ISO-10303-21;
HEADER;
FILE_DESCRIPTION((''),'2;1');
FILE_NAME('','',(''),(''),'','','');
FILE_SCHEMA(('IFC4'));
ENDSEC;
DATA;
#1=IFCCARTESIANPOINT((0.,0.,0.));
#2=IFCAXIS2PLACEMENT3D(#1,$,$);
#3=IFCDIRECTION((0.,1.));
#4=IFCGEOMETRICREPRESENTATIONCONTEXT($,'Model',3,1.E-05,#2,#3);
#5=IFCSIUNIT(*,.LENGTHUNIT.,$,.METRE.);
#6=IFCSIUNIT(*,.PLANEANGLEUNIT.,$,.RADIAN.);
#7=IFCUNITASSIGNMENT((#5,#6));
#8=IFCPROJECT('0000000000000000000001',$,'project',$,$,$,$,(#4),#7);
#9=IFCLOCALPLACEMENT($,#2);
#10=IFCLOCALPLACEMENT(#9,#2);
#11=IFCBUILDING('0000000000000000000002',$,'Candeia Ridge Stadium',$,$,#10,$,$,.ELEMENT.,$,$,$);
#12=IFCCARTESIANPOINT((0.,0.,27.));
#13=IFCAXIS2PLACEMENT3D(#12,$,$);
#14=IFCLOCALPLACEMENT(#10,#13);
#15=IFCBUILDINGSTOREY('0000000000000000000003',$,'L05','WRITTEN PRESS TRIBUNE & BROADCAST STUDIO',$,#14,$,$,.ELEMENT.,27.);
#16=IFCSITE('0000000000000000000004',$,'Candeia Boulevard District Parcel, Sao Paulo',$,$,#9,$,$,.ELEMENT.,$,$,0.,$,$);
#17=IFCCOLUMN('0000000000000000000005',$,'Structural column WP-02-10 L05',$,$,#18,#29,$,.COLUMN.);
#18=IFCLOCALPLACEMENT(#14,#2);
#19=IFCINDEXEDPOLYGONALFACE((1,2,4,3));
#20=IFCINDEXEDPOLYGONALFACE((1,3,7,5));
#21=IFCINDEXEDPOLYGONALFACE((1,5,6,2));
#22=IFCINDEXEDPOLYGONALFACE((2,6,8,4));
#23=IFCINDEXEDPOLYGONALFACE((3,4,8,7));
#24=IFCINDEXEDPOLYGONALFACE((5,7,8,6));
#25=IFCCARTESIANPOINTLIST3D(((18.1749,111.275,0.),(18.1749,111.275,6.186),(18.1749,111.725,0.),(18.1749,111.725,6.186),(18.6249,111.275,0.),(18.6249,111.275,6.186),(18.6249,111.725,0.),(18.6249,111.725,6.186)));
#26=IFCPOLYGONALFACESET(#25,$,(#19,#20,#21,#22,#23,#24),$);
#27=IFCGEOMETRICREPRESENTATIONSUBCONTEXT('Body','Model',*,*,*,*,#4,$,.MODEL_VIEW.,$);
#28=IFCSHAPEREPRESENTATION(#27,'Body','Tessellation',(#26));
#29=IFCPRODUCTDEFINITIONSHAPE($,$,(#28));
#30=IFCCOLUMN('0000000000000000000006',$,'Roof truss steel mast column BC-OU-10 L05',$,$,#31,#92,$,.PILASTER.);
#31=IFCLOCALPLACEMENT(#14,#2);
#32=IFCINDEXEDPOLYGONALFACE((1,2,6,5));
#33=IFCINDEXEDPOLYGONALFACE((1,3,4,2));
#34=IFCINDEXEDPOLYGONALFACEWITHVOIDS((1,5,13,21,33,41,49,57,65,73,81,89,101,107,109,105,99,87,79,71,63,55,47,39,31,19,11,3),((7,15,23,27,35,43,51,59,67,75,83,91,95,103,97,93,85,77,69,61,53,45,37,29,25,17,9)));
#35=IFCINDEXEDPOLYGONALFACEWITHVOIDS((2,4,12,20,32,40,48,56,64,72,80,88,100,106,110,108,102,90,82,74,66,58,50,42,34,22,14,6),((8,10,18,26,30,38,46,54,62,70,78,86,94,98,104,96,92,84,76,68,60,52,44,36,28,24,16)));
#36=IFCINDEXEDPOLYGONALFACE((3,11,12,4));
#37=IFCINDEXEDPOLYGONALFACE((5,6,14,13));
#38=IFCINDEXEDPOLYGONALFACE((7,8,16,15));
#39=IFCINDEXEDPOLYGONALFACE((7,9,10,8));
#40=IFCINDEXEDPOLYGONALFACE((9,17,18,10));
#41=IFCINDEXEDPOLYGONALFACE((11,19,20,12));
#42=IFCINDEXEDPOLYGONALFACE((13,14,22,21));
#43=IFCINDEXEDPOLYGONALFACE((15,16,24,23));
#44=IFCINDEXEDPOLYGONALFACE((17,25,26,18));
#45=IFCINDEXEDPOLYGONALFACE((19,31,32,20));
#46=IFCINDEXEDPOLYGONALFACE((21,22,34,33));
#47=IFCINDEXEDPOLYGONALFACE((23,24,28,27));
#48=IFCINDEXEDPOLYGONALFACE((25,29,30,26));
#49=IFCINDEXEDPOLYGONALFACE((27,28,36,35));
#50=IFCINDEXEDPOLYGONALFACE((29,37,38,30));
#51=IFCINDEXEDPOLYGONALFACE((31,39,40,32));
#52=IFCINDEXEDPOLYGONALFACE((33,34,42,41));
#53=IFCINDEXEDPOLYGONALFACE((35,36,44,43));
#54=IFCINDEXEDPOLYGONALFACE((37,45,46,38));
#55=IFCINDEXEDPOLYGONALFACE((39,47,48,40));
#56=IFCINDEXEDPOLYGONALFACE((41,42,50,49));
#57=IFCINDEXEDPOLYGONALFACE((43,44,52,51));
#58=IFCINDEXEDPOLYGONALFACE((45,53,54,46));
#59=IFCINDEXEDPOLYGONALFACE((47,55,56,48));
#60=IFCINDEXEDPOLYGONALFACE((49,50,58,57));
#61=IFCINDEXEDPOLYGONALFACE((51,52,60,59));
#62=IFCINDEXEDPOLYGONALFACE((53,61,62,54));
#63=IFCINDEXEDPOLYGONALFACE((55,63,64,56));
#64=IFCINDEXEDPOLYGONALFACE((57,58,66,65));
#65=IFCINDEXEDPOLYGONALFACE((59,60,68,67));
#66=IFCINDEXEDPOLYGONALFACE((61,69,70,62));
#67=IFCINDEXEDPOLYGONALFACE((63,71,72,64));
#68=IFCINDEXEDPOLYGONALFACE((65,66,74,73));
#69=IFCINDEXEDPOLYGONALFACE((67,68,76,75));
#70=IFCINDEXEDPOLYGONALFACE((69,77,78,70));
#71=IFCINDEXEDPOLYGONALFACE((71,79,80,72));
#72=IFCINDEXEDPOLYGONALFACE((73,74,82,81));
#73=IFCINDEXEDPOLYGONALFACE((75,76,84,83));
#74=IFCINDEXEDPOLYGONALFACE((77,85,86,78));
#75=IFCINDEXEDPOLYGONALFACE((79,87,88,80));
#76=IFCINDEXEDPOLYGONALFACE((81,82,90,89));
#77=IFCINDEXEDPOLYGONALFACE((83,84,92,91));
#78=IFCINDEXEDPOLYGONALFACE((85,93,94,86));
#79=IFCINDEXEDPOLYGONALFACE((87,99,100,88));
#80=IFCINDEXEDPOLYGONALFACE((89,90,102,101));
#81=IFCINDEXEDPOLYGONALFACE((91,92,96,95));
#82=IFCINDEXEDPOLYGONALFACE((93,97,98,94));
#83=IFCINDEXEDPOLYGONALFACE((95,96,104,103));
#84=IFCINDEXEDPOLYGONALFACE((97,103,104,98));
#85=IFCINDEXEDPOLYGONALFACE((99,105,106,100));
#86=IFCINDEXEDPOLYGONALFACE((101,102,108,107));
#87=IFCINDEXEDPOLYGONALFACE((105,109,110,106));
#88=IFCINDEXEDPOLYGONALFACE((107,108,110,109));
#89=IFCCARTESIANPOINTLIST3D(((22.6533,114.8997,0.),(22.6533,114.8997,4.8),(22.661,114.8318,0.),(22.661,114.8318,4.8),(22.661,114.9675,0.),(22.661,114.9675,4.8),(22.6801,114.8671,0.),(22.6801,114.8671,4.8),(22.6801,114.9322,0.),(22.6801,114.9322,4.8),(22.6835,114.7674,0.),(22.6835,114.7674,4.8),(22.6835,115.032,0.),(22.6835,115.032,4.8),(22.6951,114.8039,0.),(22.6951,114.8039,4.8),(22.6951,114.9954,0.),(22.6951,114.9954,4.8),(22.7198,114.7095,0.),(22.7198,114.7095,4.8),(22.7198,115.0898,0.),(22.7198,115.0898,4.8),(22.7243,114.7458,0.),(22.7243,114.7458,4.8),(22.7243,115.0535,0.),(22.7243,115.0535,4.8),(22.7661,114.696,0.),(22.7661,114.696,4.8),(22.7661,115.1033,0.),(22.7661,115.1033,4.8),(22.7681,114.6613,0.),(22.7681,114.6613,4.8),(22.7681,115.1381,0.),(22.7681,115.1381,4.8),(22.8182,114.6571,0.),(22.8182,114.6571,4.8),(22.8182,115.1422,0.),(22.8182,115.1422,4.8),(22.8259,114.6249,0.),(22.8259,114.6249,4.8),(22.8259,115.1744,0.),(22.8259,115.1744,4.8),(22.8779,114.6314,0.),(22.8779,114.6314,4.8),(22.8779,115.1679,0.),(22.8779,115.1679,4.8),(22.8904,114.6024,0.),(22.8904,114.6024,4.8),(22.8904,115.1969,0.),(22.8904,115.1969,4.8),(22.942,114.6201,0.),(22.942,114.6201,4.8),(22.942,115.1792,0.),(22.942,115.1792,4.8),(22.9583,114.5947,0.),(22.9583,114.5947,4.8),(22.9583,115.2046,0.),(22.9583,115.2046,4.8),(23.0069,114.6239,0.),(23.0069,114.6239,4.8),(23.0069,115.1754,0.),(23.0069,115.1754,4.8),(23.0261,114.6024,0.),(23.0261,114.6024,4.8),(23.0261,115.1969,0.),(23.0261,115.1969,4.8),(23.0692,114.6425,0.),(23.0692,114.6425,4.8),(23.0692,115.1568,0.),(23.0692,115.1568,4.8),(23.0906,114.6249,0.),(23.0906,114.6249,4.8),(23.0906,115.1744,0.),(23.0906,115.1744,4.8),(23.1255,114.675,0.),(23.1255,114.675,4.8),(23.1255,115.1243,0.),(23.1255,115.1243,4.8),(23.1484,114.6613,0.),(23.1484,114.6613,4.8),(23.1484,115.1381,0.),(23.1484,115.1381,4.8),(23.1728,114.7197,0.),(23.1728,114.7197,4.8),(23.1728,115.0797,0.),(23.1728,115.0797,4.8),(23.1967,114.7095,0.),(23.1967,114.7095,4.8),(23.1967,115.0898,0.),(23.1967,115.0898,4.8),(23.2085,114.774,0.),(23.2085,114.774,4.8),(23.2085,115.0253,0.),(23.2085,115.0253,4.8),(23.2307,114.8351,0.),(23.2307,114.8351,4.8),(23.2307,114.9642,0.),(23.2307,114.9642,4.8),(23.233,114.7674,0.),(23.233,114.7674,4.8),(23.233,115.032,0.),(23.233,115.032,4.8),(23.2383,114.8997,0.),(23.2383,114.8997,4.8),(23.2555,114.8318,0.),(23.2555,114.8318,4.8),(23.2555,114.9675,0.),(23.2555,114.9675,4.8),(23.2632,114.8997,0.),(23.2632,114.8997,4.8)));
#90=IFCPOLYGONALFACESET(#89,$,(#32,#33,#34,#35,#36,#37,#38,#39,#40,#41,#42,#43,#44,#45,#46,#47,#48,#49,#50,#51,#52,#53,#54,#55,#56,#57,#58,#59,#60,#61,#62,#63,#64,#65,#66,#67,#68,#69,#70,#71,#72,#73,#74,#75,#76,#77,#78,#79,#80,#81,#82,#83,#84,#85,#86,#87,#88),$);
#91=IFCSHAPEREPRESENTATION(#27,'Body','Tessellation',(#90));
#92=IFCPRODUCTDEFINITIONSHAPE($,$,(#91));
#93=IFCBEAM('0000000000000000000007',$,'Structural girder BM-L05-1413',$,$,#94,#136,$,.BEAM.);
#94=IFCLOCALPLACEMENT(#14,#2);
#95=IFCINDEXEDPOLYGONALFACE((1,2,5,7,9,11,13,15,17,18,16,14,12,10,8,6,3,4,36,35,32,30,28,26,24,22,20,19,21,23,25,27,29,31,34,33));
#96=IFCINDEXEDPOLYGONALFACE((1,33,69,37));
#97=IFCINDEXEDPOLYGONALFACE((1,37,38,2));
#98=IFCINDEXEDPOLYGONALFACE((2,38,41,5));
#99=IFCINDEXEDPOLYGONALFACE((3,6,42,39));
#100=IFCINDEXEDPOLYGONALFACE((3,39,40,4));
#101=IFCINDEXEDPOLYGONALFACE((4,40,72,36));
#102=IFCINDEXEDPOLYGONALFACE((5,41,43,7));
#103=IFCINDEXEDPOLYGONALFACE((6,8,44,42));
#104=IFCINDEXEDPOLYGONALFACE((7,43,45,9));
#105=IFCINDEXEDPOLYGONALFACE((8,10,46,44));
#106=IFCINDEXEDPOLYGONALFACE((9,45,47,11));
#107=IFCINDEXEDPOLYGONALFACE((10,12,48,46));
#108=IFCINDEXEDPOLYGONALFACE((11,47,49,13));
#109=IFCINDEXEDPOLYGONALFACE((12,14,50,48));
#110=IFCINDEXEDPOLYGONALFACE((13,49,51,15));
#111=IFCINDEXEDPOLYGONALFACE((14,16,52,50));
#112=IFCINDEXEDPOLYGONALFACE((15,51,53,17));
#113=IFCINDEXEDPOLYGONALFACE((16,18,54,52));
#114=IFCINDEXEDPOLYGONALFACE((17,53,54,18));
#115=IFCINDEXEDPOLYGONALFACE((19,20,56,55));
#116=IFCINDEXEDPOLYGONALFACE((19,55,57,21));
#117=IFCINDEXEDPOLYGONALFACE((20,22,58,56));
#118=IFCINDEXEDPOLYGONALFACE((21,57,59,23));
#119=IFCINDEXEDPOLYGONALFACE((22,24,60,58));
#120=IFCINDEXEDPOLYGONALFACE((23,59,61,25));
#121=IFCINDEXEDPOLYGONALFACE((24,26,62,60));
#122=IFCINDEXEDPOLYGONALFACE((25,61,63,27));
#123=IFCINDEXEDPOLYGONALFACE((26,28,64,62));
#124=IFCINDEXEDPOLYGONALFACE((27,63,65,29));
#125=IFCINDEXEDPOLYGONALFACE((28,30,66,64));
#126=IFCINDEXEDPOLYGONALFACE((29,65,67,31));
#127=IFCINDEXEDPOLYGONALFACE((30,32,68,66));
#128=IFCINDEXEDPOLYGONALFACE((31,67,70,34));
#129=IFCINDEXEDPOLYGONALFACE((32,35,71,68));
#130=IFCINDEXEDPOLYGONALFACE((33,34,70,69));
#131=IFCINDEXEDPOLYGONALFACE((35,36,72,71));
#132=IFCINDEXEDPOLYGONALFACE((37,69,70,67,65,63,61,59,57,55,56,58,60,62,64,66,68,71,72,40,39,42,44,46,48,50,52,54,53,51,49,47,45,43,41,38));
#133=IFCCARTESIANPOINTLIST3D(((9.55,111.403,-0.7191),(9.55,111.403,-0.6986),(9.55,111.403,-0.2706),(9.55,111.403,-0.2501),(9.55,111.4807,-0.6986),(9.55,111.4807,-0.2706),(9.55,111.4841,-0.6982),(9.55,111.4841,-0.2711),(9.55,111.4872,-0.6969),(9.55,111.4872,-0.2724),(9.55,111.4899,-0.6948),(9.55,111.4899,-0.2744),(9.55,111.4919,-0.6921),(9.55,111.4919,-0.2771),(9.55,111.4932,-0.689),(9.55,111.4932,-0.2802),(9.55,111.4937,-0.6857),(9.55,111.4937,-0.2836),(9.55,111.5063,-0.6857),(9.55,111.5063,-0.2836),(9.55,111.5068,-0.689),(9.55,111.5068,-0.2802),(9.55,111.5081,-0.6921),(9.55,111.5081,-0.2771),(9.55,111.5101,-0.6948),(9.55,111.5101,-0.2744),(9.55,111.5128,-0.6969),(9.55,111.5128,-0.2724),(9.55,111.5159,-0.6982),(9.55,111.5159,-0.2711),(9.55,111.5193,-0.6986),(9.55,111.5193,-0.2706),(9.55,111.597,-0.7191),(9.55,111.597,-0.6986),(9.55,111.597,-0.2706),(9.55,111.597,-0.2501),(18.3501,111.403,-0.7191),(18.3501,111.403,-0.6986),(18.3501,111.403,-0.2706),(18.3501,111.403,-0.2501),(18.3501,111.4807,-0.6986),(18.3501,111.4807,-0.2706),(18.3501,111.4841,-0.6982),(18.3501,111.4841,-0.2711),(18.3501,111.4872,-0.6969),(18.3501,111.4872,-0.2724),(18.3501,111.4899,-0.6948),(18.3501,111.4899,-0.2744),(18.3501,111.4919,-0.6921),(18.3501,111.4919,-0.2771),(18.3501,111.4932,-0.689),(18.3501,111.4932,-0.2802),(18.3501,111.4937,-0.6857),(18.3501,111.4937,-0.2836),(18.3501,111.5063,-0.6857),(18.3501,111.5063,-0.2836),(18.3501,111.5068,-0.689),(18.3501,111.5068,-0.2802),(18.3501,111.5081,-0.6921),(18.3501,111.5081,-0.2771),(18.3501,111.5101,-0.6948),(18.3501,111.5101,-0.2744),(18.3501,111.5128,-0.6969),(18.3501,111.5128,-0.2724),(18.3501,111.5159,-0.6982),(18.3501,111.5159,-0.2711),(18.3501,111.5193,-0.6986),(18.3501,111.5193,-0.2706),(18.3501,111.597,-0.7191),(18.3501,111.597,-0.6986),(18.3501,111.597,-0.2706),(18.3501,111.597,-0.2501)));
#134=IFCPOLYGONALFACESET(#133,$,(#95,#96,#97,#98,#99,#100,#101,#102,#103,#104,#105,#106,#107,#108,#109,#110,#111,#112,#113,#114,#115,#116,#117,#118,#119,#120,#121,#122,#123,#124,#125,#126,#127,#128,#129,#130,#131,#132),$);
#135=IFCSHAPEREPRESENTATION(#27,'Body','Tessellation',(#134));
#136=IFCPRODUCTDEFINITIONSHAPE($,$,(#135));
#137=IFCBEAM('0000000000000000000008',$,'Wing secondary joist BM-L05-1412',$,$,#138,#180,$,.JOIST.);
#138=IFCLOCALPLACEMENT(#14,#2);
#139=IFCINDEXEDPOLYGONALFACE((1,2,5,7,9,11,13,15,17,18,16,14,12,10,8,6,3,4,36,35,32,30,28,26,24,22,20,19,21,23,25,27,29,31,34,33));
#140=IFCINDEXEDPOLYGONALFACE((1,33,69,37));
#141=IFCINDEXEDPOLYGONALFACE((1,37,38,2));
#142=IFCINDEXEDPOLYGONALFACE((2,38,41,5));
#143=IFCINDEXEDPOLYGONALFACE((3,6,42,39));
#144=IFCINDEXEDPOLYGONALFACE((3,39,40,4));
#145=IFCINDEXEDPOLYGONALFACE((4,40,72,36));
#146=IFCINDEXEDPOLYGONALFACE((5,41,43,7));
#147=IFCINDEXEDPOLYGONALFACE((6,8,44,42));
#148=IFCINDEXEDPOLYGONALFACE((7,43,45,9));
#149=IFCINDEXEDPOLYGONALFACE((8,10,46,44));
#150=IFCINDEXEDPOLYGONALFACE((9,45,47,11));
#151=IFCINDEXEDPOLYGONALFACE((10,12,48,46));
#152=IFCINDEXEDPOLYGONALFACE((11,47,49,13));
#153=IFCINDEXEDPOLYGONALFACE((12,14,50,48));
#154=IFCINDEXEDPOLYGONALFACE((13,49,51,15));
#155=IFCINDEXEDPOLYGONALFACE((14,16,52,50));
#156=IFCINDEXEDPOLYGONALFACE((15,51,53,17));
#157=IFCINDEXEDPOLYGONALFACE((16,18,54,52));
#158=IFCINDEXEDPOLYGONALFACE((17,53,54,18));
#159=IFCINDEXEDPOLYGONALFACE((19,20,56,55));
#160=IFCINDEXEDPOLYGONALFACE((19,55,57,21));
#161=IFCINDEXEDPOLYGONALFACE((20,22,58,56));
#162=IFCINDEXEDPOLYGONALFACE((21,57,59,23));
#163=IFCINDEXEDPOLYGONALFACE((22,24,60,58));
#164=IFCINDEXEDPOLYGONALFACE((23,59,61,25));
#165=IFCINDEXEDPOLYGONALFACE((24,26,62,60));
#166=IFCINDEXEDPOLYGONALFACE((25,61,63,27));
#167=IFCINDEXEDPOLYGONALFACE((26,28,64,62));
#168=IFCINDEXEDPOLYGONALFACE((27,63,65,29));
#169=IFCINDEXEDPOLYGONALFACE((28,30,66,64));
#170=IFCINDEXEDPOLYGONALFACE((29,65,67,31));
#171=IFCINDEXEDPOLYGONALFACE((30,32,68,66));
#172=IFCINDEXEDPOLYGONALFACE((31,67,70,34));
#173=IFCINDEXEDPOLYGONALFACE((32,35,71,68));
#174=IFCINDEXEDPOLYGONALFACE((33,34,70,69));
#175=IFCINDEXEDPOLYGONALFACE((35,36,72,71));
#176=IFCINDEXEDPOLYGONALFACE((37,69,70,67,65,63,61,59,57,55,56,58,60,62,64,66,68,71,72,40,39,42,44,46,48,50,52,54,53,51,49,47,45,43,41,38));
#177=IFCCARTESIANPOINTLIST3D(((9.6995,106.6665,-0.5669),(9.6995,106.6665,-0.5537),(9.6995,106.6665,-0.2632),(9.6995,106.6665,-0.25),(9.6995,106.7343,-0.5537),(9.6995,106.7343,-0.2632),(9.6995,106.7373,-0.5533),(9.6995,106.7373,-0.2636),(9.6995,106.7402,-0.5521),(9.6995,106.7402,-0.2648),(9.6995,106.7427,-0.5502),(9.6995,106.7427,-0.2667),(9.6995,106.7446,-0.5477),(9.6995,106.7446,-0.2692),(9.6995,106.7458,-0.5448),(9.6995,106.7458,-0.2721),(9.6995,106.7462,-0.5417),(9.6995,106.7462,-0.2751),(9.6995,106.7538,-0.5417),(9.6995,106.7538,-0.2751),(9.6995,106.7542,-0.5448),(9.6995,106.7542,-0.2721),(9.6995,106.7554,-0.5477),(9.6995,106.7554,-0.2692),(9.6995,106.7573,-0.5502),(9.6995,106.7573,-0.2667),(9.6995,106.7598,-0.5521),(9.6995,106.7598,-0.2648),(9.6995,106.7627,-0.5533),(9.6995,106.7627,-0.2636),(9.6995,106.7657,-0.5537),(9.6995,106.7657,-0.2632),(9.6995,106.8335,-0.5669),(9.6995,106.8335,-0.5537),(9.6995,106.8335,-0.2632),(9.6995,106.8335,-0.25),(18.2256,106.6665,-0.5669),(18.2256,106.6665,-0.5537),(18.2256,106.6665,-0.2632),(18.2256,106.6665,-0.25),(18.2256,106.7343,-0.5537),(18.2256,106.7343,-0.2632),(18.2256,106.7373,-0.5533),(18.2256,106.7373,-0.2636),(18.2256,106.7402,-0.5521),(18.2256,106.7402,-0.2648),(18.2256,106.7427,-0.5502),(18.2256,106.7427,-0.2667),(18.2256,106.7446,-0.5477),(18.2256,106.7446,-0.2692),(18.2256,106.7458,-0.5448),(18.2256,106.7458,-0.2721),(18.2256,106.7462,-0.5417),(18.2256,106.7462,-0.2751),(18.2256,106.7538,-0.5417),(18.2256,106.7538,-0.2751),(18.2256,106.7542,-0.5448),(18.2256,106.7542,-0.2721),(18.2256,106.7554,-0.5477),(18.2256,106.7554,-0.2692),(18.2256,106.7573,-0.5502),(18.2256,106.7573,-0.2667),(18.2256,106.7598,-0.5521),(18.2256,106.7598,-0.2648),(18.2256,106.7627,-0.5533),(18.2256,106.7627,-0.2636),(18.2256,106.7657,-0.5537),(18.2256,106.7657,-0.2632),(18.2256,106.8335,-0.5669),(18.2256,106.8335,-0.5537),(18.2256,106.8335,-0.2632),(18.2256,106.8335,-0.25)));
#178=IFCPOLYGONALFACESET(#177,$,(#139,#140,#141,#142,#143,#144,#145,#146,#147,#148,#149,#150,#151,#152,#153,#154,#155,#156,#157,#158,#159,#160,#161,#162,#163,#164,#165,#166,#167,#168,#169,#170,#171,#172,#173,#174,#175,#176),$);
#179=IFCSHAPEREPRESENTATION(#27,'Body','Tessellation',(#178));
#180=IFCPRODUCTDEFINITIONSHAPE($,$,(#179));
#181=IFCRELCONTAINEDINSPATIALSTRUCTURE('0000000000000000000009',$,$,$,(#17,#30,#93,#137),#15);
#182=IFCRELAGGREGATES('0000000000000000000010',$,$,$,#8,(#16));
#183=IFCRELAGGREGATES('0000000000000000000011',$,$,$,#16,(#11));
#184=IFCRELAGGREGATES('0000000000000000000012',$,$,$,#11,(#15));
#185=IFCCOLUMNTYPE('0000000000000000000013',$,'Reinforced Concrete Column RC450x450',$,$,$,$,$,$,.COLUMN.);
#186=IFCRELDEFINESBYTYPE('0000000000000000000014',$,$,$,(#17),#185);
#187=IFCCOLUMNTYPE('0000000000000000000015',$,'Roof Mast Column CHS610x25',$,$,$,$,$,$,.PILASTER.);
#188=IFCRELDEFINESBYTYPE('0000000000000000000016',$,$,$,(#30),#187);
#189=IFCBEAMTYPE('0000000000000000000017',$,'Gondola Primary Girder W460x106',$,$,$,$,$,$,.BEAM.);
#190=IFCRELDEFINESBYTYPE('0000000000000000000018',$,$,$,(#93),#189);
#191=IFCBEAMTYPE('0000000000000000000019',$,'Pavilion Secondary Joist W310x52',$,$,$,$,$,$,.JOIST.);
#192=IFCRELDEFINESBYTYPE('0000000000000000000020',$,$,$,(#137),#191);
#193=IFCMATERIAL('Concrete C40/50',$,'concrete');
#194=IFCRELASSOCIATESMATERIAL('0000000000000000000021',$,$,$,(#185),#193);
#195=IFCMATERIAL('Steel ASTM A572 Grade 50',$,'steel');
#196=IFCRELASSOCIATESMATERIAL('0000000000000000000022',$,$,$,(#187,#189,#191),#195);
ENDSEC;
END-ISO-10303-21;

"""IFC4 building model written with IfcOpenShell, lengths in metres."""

from ifc_helpers import new_model, si_unit, direction, frame, origin, origin_2d, place, context, subcontext, project, spatial, rectangle, hollow_circle, i_section, extrude, material, material_profile, profile_set, type_object, element, save


model = new_model("IFC4")

# Units and contexts
model_context = context("Model", 3, precision=1e-05, world=origin(), true_north=direction((0.0, 1.0)))
body_context = subcontext(model_context, "Body", "Model", "MODEL_VIEW")
ifc_project = project(units=[si_unit("LENGTHUNIT", "METRE"), si_unit("PLANEANGLEUNIT", "RADIAN")], contexts=[model_context])

# Site, building, storey
site_placement = place(None, origin())
site = spatial("IfcSite", under=ifc_project, at=site_placement, Name="Candeia Boulevard District Parcel, Sao Paulo", CompositionType="ELEMENT", RefElevation=0.0)
building_placement = place(site_placement, origin())
building = spatial("IfcBuilding", under=site, at=building_placement, Name="Candeia Ridge Stadium", CompositionType="ELEMENT")
storey_placement = place(building_placement, frame((0.0, 0.0, 27.0)))
storey = spatial("IfcBuildingStorey", under=building, at=storey_placement, Name="L05", Description="WRITTEN PRESS TRIBUNE & BROADCAST STUDIO", CompositionType="ELEMENT", Elevation=27.0)

# Columns
ifc_material_1 = material(Name="Concrete C40/50", Category="concrete")
ifc_material_profile_1 = material_profile(ifc_material_1, rectangle(XDim=0.45, YDim=0.45, at=origin_2d()), Name="RC450x450", Category="concrete")
ifc_profile_set_1 = profile_set([ifc_material_profile_1], Name="Concrete C40/50")
column_type_1 = type_object("IfcColumnType", Name="Reinforced Concrete Column RC450x450", PredefinedType="COLUMN", material=ifc_profile_set_1)
column_1_placement = place(storey_placement, frame((18.3999, 111.5, 0.0), z_axis=(0.0, 0.0, 1.0), x_axis=(1.0, 0.0, 0.0)))
element("IfcColumn", 1, at=column_1_placement, inside=storey, type_object=column_type_1, Name="Structural column WP-02-10 L05", PredefinedType="COLUMN", context=body_context, shape_type="SweptSolid", body=[
    extrude(rectangle(XDim=0.45, YDim=0.45, at=origin_2d()), origin(), (0.0, 0.0, 1.0), 6.186),
])
ifc_material_2 = material(Name="Steel ASTM A572 Grade 50", Category="steel")
ifc_material_profile_2 = material_profile(ifc_material_2, hollow_circle(Radius=0.3049, WallThickness=0.0249, at=origin_2d()), Name="CHS610x25", Category="steel")
ifc_profile_set_2 = profile_set([ifc_material_profile_2], Name="Steel ASTM A572 Grade 50")
column_type_2 = type_object("IfcColumnType", Name="Roof Mast Column CHS610x25", PredefinedType="PILASTER", material=ifc_profile_set_2)
column_2_placement = place(storey_placement, frame((22.9583, 114.8997, 0.0), z_axis=(0.0, 0.0, 1.0), x_axis=(1.0, 0.0, 0.0)))
element("IfcColumn", 2, at=column_2_placement, inside=storey, type_object=column_type_2, Name="Roof truss steel mast column BC-OU-10 L05", PredefinedType="PILASTER", context=body_context, shape_type="SweptSolid", body=[
    extrude(hollow_circle(Radius=0.3049, WallThickness=0.0249, at=origin_2d()), origin(), (0.0, 0.0, 1.0), 4.8),
])

# Beams
ifc_material_profile_3 = material_profile(ifc_material_2, i_section(OverallWidth=0.1941, OverallDepth=0.469, WebThickness=0.0127, FlangeThickness=0.0205, FilletRadius=0.0129, at=origin_2d()), Name="W460x106", Category="steel")
ifc_profile_set_3 = profile_set([ifc_material_profile_3], Name="Steel ASTM A572 Grade 50")
beam_type_1 = type_object("IfcBeamType", Name="Gondola Primary Girder W460x106", PredefinedType="BEAM", material=ifc_profile_set_3)
beam_1_placement = place(storey_placement, frame((9.55, 111.5, -0.4846), z_axis=(1.0, 0.0, 0.0), x_axis=(0.0, 1.0, 0.0)))
element("IfcBeam", 3, at=beam_1_placement, inside=storey, type_object=beam_type_1, Name="Structural girder BM-L05-1413", PredefinedType="BEAM", context=body_context, shape_type="SweptSolid", body=[
    extrude(i_section(OverallWidth=0.1941, OverallDepth=0.469, WebThickness=0.0127, FlangeThickness=0.0205, FilletRadius=0.0129, at=origin_2d()), origin(), (0.0, 0.0, 1.0), 8.8),
])
ifc_material_profile_4 = material_profile(ifc_material_2, i_section(OverallWidth=0.167, OverallDepth=0.3169, WebThickness=0.0076, FlangeThickness=0.0132, FilletRadius=0.012, at=origin_2d()), Name="W310x52", Category="steel")
ifc_profile_set_4 = profile_set([ifc_material_profile_4], Name="Steel ASTM A572 Grade 50")
beam_type_2 = type_object("IfcBeamType", Name="Pavilion Secondary Joist W310x52", PredefinedType="JOIST", material=ifc_profile_set_4)
beam_2_placement = place(storey_placement, frame((9.6995, 106.75, -0.4084), z_axis=(1.0, 0.0, 0.0), x_axis=(0.0, 1.0, 0.0)))
element("IfcBeam", 4, at=beam_2_placement, inside=storey, type_object=beam_type_2, Name="Wing secondary joist BM-L05-1412", PredefinedType="JOIST", context=body_context, shape_type="SweptSolid", body=[
    extrude(i_section(OverallWidth=0.167, OverallDepth=0.3169, WebThickness=0.0076, FlangeThickness=0.0132, FilletRadius=0.012, at=origin_2d()), origin(), (0.0, 0.0, 1.0), 8.5261),
])

save(model, "model.ifc")
